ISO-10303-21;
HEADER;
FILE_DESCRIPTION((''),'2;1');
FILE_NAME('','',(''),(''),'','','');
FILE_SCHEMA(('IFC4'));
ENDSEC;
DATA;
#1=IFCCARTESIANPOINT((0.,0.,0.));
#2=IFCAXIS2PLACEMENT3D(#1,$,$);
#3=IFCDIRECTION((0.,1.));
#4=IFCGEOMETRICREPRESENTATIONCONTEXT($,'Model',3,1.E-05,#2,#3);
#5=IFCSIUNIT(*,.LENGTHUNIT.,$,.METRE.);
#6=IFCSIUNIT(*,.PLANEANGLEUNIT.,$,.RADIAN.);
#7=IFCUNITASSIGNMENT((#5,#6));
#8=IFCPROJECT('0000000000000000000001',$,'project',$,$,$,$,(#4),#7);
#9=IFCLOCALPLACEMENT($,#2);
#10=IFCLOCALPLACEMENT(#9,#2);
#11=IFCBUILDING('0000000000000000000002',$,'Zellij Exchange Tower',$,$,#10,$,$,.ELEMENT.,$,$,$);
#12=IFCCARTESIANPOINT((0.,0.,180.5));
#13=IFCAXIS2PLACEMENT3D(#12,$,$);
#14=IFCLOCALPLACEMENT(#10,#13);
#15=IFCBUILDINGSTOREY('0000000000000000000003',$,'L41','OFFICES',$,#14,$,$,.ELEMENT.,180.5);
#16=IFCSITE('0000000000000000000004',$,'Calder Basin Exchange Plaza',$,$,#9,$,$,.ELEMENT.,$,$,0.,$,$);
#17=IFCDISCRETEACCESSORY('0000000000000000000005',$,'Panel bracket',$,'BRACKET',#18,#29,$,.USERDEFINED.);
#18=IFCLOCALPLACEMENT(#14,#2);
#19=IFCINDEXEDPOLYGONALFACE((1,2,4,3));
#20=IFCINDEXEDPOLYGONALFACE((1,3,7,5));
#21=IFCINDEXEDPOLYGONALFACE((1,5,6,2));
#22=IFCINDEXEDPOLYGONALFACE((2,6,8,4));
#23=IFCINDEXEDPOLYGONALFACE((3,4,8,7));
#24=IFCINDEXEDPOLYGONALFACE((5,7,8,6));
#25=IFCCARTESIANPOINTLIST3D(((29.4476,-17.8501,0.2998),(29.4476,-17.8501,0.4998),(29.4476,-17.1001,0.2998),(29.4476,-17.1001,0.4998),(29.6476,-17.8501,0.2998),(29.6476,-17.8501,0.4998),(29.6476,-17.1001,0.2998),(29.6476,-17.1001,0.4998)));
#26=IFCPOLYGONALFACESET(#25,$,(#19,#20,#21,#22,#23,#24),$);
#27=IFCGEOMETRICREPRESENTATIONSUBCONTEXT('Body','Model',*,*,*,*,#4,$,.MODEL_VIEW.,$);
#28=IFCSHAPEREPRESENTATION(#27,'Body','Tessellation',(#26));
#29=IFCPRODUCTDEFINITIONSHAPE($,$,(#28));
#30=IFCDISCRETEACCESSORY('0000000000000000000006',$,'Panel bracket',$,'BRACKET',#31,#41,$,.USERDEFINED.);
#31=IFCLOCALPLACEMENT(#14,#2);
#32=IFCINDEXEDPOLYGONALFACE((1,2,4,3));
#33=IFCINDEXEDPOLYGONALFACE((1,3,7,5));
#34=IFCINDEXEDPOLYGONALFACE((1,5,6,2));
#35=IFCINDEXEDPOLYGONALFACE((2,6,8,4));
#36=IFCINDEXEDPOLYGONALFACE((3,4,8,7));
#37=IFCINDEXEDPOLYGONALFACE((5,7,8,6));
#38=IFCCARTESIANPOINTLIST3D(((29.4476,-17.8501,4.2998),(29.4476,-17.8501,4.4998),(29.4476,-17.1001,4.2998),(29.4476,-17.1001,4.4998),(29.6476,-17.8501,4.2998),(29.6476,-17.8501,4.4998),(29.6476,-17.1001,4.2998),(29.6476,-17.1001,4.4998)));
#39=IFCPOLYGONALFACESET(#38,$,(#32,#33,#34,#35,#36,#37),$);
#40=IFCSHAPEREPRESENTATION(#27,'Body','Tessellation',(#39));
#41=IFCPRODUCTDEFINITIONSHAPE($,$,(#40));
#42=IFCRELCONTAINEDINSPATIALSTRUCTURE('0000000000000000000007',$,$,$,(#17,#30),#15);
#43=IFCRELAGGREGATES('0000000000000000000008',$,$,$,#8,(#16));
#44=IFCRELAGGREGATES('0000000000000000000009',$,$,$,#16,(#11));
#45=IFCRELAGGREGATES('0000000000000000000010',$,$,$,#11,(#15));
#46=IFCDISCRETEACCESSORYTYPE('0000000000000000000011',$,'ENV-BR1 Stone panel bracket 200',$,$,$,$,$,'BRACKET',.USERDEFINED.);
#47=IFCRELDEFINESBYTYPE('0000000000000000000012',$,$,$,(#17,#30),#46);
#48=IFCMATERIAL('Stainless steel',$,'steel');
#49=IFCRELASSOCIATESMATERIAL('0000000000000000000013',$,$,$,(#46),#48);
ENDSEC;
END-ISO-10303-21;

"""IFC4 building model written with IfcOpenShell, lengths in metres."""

from ifc_helpers import new_model, si_unit, direction, frame, origin, origin_2d, place, context, subcontext, project, spatial, rectangle, extrude, material, type_object, element, save


model = new_model("IFC4")

# Units and contexts
model_context = context("Model", 3, precision=1e-05, world=origin(), true_north=direction((0.0, 1.0)))
body_context = subcontext(model_context, "Body", "Model", "MODEL_VIEW")
ifc_project = project(units=[si_unit("LENGTHUNIT", "METRE"), si_unit("PLANEANGLEUNIT", "RADIAN")], contexts=[model_context])

# Site, building, storey
site_placement = place(None, origin())
site = spatial("IfcSite", under=ifc_project, at=site_placement, Name="Calder Basin Exchange Plaza", CompositionType="ELEMENT", RefElevation=0.0)
building_placement = place(site_placement, origin())
building = spatial("IfcBuilding", under=site, at=building_placement, Name="Zellij Exchange Tower", CompositionType="ELEMENT")
storey_placement = place(building_placement, frame((0.0, 0.0, 180.5)))
storey = spatial("IfcBuildingStorey", under=building, at=storey_placement, Name="L41", Description="OFFICES", CompositionType="ELEMENT", Elevation=180.5)

# Discrete accessories
ifc_material_1 = material(Name="Stainless steel", Category="steel")
discrete_accessory_type = type_object("IfcDiscreteAccessoryType", Name="ENV-BR1 Stone panel bracket 200", ElementType="BRACKET", PredefinedType="USERDEFINED", material=ifc_material_1)
for number, where, z_axis, x_axis, name in (
    (1, (29.5476, -17.4751, 0.2998), (0.0, 0.0, 1.0), (1.0, 0.0, 0.0), "Panel bracket"),
    (2, (29.5476, -17.4751, 4.2998), (0.0, 0.0, 1.0), (1.0, 0.0, 0.0), "Panel bracket"),
):
    element("IfcDiscreteAccessory", number, at=place(storey_placement, frame(where, z_axis=z_axis, x_axis=x_axis)), inside=storey, type_object=discrete_accessory_type, Name=name, ObjectType="BRACKET", PredefinedType="USERDEFINED", context=body_context, shape_type="SweptSolid", body=[
        extrude(rectangle(XDim=0.2, YDim=0.75, at=origin_2d()), origin(), (0.0, 0.0, 1.0), 0.2),
    ])

save(model, "model.ifc")
